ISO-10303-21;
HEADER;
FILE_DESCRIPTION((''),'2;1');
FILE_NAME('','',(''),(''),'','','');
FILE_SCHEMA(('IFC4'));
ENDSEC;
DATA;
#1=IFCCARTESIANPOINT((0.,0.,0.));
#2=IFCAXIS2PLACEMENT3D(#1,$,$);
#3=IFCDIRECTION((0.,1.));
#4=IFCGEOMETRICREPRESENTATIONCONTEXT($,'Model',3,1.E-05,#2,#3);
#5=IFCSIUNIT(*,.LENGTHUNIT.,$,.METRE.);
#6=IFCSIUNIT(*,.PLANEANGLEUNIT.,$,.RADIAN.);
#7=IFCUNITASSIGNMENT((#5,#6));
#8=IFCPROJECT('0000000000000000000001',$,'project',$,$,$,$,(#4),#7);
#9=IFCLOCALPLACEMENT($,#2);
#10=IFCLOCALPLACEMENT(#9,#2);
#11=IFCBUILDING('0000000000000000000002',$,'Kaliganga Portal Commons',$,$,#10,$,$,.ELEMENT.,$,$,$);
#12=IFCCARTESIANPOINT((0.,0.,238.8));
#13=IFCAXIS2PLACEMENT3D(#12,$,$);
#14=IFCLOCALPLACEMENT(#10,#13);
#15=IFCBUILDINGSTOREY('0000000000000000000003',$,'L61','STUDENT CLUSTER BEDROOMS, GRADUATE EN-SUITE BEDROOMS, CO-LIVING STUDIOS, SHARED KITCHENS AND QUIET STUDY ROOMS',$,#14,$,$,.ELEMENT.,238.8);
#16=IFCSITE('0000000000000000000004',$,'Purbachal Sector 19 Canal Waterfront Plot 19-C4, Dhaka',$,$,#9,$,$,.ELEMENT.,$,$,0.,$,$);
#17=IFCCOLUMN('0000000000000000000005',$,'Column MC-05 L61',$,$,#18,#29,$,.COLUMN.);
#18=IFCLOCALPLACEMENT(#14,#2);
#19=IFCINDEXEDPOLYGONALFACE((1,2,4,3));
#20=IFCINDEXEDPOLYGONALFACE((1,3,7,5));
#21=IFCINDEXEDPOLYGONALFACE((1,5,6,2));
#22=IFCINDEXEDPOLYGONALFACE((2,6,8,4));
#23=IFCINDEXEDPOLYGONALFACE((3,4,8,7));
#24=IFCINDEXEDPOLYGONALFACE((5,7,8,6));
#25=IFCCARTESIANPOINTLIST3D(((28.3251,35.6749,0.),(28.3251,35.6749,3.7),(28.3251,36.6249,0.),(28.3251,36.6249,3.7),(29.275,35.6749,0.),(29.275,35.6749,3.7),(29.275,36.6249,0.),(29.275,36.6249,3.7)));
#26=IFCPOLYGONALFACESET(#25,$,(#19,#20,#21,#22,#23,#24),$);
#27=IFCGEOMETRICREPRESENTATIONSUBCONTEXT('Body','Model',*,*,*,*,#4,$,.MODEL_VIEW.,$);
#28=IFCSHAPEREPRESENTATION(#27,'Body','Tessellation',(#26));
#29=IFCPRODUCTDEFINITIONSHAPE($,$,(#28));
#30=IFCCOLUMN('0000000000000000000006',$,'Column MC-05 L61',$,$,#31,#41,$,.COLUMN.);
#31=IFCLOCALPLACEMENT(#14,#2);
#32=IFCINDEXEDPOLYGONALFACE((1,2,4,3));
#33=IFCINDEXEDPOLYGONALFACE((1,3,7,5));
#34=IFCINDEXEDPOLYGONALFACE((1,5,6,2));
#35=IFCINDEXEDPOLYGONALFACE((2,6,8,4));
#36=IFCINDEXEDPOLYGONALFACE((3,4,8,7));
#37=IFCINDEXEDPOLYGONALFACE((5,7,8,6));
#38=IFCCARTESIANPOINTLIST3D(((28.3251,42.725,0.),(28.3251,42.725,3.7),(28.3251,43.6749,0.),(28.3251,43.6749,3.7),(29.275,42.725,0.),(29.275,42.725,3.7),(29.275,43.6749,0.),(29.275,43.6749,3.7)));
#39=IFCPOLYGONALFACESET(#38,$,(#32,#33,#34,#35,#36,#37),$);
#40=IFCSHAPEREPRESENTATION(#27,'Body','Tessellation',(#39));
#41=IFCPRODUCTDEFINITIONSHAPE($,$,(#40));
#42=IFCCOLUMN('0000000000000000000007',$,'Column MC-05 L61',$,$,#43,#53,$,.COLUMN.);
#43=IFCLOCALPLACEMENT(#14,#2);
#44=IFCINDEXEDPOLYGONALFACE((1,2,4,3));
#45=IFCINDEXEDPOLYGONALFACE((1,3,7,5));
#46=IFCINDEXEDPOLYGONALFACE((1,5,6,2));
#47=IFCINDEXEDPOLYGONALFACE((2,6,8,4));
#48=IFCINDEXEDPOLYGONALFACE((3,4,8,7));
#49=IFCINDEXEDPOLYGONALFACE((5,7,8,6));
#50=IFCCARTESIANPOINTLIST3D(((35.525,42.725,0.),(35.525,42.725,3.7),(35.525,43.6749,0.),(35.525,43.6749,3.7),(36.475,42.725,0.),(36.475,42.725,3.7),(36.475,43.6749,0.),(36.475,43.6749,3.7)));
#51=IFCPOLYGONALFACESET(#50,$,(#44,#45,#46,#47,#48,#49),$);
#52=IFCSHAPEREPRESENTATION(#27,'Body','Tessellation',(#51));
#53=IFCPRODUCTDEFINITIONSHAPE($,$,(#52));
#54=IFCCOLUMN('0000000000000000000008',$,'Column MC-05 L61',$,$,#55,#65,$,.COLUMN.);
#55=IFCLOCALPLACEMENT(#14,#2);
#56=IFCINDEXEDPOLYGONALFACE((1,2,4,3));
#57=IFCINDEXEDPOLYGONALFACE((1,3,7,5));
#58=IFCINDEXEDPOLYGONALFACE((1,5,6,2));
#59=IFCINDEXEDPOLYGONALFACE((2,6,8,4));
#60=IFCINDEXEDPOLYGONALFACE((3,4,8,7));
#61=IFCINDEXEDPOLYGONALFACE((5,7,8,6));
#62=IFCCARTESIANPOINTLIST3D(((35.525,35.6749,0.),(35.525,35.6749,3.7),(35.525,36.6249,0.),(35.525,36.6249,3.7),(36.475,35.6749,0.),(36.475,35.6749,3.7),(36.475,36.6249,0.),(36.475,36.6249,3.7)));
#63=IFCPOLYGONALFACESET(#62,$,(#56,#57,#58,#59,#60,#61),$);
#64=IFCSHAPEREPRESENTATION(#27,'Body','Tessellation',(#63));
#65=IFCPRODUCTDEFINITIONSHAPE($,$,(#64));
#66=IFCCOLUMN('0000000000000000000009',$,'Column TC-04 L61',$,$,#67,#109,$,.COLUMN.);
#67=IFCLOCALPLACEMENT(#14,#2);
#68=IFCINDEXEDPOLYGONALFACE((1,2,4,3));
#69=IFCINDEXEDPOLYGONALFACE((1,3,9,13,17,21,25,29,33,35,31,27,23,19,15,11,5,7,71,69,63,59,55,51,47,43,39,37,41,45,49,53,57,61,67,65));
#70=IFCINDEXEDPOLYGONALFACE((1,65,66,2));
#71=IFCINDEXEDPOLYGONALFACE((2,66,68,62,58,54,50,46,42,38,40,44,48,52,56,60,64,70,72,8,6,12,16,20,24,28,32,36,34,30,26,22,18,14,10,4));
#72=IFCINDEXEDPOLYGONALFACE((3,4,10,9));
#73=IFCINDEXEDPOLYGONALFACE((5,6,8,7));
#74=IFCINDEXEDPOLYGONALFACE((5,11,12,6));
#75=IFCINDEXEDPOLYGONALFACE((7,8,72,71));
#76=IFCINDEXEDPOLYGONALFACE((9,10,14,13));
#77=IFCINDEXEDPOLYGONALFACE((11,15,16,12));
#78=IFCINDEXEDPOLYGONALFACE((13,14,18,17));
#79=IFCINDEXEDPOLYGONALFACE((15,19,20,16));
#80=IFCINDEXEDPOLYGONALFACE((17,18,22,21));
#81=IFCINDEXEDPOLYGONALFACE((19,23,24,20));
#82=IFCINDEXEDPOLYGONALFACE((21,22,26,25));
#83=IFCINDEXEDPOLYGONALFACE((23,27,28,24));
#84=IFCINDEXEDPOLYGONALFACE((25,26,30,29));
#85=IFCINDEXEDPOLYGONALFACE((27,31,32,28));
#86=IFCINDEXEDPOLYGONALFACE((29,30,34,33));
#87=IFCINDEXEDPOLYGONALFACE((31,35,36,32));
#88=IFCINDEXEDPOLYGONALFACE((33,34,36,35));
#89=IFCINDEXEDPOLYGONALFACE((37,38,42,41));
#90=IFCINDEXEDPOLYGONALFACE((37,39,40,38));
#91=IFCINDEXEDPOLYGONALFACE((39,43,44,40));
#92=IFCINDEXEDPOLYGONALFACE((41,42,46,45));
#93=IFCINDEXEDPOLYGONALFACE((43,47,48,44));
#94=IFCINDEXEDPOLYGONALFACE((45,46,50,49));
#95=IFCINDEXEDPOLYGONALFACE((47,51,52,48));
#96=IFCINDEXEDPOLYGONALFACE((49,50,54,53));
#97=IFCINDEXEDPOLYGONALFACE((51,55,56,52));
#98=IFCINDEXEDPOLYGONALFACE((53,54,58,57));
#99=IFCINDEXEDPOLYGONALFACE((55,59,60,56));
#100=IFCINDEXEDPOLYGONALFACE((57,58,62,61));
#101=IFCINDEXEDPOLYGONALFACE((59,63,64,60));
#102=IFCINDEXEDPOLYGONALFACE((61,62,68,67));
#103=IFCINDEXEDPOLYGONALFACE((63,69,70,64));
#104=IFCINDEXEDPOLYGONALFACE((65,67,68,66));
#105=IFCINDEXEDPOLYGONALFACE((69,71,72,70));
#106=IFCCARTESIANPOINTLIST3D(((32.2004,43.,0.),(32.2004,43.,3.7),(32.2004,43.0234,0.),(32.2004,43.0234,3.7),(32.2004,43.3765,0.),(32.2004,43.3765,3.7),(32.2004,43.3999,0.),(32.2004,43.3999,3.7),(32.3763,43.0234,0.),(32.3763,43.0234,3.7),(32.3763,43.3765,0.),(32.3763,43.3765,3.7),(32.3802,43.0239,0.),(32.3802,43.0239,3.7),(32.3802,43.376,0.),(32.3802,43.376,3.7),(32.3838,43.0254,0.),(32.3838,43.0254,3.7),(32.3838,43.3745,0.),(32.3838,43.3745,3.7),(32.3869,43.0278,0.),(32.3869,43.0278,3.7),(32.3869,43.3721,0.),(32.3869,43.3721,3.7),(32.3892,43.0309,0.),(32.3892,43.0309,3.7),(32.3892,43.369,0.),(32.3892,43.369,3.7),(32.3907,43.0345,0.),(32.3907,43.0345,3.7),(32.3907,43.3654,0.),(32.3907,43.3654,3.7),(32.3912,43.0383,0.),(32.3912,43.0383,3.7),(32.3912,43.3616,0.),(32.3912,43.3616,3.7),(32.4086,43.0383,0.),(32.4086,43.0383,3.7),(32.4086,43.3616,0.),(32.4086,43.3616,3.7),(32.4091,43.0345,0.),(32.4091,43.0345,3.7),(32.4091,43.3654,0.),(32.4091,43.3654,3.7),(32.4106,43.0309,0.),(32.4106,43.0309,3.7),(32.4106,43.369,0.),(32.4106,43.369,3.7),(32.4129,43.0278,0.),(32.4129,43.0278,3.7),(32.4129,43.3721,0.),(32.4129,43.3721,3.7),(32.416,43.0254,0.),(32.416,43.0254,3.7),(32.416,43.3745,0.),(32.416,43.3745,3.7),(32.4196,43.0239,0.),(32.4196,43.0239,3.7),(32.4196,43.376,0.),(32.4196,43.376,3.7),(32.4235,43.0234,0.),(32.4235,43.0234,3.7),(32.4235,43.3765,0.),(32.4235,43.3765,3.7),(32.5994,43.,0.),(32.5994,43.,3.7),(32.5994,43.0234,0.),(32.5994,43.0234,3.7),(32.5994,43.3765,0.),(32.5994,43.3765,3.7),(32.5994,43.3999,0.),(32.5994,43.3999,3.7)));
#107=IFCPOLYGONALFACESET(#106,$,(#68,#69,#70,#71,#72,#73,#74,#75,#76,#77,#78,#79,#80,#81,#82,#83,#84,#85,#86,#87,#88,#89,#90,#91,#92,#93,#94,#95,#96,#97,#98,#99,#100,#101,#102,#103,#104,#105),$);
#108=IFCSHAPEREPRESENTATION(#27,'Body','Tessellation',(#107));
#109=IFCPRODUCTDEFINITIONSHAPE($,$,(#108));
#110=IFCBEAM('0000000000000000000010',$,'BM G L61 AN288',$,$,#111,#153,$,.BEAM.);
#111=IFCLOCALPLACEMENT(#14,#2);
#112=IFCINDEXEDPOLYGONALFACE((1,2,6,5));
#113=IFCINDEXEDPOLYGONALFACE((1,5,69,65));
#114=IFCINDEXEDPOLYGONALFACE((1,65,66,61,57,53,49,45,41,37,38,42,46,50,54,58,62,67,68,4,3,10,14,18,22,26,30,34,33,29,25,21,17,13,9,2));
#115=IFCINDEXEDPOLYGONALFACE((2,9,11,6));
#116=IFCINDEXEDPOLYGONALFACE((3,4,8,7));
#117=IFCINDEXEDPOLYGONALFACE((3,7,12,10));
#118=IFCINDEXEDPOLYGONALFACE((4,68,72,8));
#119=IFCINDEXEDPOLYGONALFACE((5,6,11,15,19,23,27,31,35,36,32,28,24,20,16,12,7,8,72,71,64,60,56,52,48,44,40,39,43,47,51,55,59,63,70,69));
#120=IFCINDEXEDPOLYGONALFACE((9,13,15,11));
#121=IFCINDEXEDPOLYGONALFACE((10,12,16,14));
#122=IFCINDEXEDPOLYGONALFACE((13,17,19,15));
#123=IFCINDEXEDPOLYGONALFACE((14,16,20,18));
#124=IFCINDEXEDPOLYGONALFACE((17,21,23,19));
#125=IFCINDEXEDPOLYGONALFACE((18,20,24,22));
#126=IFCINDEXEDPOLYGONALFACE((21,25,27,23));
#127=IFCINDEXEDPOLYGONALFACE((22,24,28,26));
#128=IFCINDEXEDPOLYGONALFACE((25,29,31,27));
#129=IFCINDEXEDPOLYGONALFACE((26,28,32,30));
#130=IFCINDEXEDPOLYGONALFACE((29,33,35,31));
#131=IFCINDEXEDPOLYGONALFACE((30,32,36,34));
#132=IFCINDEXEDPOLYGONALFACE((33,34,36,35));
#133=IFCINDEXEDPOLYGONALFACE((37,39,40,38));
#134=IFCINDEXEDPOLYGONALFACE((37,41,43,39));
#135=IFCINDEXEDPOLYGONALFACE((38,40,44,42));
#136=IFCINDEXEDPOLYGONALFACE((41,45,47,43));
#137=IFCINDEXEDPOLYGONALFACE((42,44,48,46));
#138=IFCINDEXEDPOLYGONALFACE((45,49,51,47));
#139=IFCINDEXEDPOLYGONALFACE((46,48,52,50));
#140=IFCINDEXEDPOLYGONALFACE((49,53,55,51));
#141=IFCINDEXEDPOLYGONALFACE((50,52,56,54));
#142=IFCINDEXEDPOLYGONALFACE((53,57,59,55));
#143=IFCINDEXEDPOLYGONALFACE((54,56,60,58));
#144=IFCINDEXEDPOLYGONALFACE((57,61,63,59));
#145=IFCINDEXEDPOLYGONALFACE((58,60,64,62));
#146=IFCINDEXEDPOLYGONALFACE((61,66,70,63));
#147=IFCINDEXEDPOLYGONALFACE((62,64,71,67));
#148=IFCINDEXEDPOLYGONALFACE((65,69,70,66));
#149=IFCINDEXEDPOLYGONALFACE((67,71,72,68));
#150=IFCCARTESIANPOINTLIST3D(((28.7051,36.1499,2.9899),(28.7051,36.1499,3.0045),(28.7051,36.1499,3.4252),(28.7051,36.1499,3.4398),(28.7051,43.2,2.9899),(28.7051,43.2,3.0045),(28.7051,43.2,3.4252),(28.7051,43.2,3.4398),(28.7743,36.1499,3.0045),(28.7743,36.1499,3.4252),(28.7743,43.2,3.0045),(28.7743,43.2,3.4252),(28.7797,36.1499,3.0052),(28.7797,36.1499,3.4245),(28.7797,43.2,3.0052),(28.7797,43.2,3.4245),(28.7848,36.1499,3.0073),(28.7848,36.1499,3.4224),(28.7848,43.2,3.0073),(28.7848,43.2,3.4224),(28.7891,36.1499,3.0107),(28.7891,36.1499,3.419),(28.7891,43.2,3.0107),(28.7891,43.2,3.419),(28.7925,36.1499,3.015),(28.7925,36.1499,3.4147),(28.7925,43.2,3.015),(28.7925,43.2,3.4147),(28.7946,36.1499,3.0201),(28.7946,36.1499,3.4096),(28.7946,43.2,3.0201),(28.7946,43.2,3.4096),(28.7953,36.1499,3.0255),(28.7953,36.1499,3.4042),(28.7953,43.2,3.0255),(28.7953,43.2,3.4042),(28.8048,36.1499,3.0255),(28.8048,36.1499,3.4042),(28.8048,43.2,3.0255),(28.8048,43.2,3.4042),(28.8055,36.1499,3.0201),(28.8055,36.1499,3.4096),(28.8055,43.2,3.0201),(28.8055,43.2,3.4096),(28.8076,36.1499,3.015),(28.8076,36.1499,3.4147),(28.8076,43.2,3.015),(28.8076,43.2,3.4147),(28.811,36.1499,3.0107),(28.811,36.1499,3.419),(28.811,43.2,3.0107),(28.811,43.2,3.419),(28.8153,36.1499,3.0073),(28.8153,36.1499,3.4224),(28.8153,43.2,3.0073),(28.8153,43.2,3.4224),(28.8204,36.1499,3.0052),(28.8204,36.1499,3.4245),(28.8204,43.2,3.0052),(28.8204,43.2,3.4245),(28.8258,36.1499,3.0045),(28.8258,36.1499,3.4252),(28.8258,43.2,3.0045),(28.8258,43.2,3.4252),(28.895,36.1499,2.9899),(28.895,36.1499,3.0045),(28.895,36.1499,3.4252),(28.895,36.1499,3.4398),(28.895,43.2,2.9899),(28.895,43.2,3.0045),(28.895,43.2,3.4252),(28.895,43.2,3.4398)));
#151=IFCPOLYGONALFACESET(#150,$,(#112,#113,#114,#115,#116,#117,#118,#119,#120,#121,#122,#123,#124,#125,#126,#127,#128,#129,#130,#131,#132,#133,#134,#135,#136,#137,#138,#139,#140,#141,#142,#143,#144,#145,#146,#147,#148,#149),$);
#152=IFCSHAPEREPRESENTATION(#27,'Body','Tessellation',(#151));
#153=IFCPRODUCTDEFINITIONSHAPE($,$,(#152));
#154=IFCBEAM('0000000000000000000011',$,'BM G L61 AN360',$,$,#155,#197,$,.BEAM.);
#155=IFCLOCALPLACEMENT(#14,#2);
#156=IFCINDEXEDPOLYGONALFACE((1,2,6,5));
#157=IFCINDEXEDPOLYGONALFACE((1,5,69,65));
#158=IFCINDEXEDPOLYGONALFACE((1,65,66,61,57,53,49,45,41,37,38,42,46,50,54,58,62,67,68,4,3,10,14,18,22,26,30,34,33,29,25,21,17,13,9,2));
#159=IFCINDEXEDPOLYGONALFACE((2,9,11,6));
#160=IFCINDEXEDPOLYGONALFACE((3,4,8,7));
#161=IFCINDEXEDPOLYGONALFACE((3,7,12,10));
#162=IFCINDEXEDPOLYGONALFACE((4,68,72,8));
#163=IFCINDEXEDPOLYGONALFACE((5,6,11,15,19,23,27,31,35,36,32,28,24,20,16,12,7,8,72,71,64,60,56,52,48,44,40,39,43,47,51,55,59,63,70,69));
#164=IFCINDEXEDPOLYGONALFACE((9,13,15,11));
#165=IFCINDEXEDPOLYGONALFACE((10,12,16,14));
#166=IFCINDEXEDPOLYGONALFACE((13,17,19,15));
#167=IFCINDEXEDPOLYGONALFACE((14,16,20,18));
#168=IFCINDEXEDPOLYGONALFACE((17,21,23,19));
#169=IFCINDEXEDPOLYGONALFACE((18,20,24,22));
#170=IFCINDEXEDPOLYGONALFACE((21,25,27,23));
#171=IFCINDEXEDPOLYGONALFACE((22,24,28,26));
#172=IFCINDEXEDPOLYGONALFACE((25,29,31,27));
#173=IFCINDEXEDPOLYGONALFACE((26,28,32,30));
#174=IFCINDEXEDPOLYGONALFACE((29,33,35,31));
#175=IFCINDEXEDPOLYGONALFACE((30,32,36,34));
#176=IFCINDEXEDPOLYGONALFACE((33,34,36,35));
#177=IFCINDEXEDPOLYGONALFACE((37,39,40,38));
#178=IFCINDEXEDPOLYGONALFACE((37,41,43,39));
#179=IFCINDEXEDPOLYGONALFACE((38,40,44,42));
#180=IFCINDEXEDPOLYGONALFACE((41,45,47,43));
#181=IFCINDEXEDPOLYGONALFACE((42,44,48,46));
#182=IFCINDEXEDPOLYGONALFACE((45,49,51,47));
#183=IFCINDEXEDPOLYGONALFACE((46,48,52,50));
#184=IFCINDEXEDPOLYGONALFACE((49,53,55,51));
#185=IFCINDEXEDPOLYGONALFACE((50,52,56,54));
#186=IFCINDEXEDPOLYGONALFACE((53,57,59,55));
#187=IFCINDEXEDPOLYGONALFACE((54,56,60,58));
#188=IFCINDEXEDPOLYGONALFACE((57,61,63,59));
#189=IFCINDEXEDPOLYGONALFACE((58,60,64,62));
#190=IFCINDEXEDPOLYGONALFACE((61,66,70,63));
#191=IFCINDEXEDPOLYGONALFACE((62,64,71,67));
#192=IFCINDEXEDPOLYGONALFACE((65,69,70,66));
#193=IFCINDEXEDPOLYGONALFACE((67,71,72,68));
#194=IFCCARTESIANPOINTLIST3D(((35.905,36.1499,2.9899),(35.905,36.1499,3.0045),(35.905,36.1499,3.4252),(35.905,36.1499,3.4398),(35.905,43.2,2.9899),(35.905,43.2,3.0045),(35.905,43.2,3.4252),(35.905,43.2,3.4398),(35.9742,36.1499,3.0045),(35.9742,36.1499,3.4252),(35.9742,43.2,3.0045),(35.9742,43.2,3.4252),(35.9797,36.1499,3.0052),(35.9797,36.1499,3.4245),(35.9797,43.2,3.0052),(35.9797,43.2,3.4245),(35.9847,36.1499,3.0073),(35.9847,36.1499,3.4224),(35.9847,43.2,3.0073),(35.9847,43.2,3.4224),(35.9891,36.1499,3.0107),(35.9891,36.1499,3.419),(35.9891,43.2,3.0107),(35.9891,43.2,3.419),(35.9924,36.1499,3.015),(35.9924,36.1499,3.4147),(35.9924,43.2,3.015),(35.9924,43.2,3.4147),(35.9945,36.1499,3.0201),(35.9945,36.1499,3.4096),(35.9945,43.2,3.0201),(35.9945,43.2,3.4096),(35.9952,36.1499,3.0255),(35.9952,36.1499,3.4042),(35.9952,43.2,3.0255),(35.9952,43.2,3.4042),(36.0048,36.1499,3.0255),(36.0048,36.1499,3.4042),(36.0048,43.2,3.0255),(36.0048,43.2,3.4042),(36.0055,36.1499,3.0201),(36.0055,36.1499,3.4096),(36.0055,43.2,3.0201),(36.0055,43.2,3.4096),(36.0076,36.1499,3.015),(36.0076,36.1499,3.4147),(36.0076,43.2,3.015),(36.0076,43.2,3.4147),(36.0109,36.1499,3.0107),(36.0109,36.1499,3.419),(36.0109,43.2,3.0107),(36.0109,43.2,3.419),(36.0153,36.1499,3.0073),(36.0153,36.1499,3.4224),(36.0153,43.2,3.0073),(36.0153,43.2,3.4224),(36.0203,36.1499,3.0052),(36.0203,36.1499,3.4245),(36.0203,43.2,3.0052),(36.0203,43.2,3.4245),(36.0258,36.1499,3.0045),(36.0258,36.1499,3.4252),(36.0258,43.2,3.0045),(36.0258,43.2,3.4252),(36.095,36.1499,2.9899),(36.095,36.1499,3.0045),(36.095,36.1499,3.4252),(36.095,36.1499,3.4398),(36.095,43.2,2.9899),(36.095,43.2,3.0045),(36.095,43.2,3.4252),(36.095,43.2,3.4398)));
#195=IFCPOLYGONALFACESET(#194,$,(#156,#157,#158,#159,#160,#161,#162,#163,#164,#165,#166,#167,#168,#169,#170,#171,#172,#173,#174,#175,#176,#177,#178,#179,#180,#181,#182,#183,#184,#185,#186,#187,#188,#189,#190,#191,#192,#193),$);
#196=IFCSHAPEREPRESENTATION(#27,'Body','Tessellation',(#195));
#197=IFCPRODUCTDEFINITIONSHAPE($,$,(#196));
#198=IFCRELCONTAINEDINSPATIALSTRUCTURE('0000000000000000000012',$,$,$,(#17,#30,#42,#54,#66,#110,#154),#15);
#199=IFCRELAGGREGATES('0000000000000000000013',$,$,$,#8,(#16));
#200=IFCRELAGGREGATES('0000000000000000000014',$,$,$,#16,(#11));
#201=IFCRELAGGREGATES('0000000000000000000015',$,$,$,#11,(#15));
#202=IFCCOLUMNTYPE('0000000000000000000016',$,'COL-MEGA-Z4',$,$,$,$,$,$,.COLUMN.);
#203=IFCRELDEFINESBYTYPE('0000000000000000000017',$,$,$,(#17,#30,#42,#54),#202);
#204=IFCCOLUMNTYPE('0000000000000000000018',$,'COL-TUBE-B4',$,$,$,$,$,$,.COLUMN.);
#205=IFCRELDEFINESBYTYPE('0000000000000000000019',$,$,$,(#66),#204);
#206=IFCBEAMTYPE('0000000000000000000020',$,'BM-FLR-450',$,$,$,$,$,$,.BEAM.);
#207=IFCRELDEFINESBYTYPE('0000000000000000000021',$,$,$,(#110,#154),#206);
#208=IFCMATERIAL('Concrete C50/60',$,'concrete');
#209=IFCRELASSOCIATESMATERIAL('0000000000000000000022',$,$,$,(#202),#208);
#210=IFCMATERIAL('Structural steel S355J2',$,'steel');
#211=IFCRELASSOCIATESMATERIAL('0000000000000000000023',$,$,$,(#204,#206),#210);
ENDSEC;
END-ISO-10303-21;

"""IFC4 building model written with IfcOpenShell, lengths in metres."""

from ifc_helpers import new_model, si_unit, direction, frame, origin, origin_2d, place, context, subcontext, project, spatial, rectangle, i_section, extrude, source, transform, mapped, material, material_profile, profile_set, type_object, element, save


model = new_model("IFC4")

# Units and contexts
model_context = context("Model", 3, precision=1e-05, world=origin(), true_north=direction((0.0, 1.0)))
body_context = subcontext(model_context, "Body", "Model", "MODEL_VIEW")
ifc_project = project(units=[si_unit("LENGTHUNIT", "METRE"), si_unit("PLANEANGLEUNIT", "RADIAN")], contexts=[model_context])

# Site, building, storey
site_placement = place(None, origin())
site = spatial("IfcSite", under=ifc_project, at=site_placement, Name="Purbachal Sector 19 Canal Waterfront Plot 19-C4, Dhaka", CompositionType="ELEMENT", RefElevation=0.0)
building_placement = place(site_placement, origin())
building = spatial("IfcBuilding", under=site, at=building_placement, Name="Kaliganga Portal Commons", CompositionType="ELEMENT")
storey_placement = place(building_placement, frame((0.0, 0.0, 238.8)))
storey = spatial("IfcBuildingStorey", under=building, at=storey_placement, Name="L61", Description="STUDENT CLUSTER BEDROOMS, GRADUATE EN-SUITE BEDROOMS, CO-LIVING STUDIOS, SHARED KITCHENS AND QUIET STUDY ROOMS", CompositionType="ELEMENT", Elevation=238.8)

# Columns
ifc_material_1 = material(Name="Concrete C50/60", Category="concrete")
ifc_material_profile_1 = material_profile(ifc_material_1, rectangle(XDim=0.95, YDim=0.95, at=origin_2d()), Name="RC 950x950")
ifc_profile_set_1 = profile_set([ifc_material_profile_1], Name="Concrete C50/60")
column_type_1 = type_object("IfcColumnType", Name="COL-MEGA-Z4", PredefinedType="COLUMN", material=ifc_profile_set_1)
shared_shape_1 = source(origin(), body_context, "Body", "SweptSolid", [
    extrude(rectangle(XDim=0.95, YDim=0.95, at=origin_2d()), origin(), (0.0, 0.0, 1.0), 3.7),
])
for number, where, z_axis, x_axis, name in (
    (1, (28.8, 36.1499, 0.0), (0.0, 0.0, 1.0), (1.0, 0.0, 0.0), "Column MC-05 L61"),
    (2, (28.8, 43.2, 0.0), (0.0, 0.0, 1.0), (1.0, 0.0, 0.0), "Column MC-05 L61"),
    (3, (36.0, 43.2, 0.0), (0.0, 0.0, 1.0), (1.0, 0.0, 0.0), "Column MC-05 L61"),
    (4, (36.0, 36.1499, 0.0), (0.0, 0.0, 1.0), (1.0, 0.0, 0.0), "Column MC-05 L61"),
):
    element("IfcColumn", number, at=place(storey_placement, frame(where, z_axis=z_axis, x_axis=x_axis)), inside=storey, type_object=column_type_1, Name=name, PredefinedType="COLUMN", context=body_context, shape_type="MappedRepresentation", body=[
        mapped(shared_shape_1, transform((0.0, 0.0, 0.0), x_axis=(1.0, 0.0, 0.0), y_axis=(0.0, 1.0, 0.0), z_axis=(0.0, 0.0, 1.0), scale=1.0)),
    ])
ifc_material_2 = material(Name="Structural steel S355J2", Category="steel")
ifc_material_profile_2 = material_profile(ifc_material_2, i_section(OverallWidth=0.3989, OverallDepth=0.3999, WebThickness=0.0173, FlangeThickness=0.0234, FilletRadius=0.0149, at=origin_2d()), Name="HD 400x287")
ifc_profile_set_2 = profile_set([ifc_material_profile_2], Name="Structural steel S355J2 wide-flange")
column_type_2 = type_object("IfcColumnType", Name="COL-TUBE-B4", PredefinedType="COLUMN", material=ifc_profile_set_2)
shared_shape_2 = source(origin(), body_context, "Body", "SweptSolid", [
    extrude(i_section(OverallWidth=0.3989, OverallDepth=0.3999, WebThickness=0.0173, FlangeThickness=0.0234, FilletRadius=0.0149, at=origin_2d()), origin(), (0.0, 0.0, 1.0), 3.7),
])
column_placement = place(storey_placement, frame((32.3999, 43.2, 0.0), z_axis=(0.0, 0.0, 1.0), x_axis=(1.0, 0.0, 0.0)))
element("IfcColumn", 5, at=column_placement, inside=storey, type_object=column_type_2, Name="Column TC-04 L61", PredefinedType="COLUMN", context=body_context, shape_type="MappedRepresentation", body=[
    mapped(shared_shape_2, transform((0.0, 0.0, 0.0), x_axis=(1.0, 0.0, 0.0), y_axis=(0.0, 1.0, 0.0), z_axis=(0.0, 0.0, 1.0), scale=1.0)),
])

# Beams
ifc_material_profile_3 = material_profile(ifc_material_2, i_section(OverallWidth=0.1899, OverallDepth=0.45, WebThickness=0.0095, FlangeThickness=0.0146, FilletRadius=0.021, at=origin_2d()), Name="IPE 450")
ifc_profile_set_3 = profile_set([ifc_material_profile_3], Name="Structural steel S355J2 wide-flange")
beam_type_1 = type_object("IfcBeamType", Name="BM-FLR-450", PredefinedType="BEAM", material=ifc_profile_set_3)
shared_shape_3 = source(origin(), body_context, "Body", "SweptSolid", [
    extrude(i_section(OverallWidth=0.1899, OverallDepth=0.45, WebThickness=0.0095, FlangeThickness=0.0146, FilletRadius=0.021, at=origin_2d()), origin(), (0.0, 0.0, 1.0), 7.05),
])
for number, where, z_axis, x_axis, name in (
    (6, (28.8, 36.1499, 3.2148), (0.0, 1.0, 0.0), (-1.0, 0.0, 0.0), "BM G L61 AN288"),
    (7, (36.0, 36.1499, 3.2148), (0.0, 1.0, 0.0), (-1.0, 0.0, 0.0), "BM G L61 AN360"),
):
    element("IfcBeam", number, at=place(storey_placement, frame(where, z_axis=z_axis, x_axis=x_axis)), inside=storey, type_object=beam_type_1, Name=name, PredefinedType="BEAM", context=body_context, shape_type="MappedRepresentation", body=[
        mapped(shared_shape_3, transform((0.0, 0.0, 0.0), x_axis=(1.0, 0.0, 0.0), y_axis=(0.0, 1.0, 0.0), z_axis=(0.0, 0.0, 1.0), scale=1.0)),
    ])

save(model, "model.ifc")
